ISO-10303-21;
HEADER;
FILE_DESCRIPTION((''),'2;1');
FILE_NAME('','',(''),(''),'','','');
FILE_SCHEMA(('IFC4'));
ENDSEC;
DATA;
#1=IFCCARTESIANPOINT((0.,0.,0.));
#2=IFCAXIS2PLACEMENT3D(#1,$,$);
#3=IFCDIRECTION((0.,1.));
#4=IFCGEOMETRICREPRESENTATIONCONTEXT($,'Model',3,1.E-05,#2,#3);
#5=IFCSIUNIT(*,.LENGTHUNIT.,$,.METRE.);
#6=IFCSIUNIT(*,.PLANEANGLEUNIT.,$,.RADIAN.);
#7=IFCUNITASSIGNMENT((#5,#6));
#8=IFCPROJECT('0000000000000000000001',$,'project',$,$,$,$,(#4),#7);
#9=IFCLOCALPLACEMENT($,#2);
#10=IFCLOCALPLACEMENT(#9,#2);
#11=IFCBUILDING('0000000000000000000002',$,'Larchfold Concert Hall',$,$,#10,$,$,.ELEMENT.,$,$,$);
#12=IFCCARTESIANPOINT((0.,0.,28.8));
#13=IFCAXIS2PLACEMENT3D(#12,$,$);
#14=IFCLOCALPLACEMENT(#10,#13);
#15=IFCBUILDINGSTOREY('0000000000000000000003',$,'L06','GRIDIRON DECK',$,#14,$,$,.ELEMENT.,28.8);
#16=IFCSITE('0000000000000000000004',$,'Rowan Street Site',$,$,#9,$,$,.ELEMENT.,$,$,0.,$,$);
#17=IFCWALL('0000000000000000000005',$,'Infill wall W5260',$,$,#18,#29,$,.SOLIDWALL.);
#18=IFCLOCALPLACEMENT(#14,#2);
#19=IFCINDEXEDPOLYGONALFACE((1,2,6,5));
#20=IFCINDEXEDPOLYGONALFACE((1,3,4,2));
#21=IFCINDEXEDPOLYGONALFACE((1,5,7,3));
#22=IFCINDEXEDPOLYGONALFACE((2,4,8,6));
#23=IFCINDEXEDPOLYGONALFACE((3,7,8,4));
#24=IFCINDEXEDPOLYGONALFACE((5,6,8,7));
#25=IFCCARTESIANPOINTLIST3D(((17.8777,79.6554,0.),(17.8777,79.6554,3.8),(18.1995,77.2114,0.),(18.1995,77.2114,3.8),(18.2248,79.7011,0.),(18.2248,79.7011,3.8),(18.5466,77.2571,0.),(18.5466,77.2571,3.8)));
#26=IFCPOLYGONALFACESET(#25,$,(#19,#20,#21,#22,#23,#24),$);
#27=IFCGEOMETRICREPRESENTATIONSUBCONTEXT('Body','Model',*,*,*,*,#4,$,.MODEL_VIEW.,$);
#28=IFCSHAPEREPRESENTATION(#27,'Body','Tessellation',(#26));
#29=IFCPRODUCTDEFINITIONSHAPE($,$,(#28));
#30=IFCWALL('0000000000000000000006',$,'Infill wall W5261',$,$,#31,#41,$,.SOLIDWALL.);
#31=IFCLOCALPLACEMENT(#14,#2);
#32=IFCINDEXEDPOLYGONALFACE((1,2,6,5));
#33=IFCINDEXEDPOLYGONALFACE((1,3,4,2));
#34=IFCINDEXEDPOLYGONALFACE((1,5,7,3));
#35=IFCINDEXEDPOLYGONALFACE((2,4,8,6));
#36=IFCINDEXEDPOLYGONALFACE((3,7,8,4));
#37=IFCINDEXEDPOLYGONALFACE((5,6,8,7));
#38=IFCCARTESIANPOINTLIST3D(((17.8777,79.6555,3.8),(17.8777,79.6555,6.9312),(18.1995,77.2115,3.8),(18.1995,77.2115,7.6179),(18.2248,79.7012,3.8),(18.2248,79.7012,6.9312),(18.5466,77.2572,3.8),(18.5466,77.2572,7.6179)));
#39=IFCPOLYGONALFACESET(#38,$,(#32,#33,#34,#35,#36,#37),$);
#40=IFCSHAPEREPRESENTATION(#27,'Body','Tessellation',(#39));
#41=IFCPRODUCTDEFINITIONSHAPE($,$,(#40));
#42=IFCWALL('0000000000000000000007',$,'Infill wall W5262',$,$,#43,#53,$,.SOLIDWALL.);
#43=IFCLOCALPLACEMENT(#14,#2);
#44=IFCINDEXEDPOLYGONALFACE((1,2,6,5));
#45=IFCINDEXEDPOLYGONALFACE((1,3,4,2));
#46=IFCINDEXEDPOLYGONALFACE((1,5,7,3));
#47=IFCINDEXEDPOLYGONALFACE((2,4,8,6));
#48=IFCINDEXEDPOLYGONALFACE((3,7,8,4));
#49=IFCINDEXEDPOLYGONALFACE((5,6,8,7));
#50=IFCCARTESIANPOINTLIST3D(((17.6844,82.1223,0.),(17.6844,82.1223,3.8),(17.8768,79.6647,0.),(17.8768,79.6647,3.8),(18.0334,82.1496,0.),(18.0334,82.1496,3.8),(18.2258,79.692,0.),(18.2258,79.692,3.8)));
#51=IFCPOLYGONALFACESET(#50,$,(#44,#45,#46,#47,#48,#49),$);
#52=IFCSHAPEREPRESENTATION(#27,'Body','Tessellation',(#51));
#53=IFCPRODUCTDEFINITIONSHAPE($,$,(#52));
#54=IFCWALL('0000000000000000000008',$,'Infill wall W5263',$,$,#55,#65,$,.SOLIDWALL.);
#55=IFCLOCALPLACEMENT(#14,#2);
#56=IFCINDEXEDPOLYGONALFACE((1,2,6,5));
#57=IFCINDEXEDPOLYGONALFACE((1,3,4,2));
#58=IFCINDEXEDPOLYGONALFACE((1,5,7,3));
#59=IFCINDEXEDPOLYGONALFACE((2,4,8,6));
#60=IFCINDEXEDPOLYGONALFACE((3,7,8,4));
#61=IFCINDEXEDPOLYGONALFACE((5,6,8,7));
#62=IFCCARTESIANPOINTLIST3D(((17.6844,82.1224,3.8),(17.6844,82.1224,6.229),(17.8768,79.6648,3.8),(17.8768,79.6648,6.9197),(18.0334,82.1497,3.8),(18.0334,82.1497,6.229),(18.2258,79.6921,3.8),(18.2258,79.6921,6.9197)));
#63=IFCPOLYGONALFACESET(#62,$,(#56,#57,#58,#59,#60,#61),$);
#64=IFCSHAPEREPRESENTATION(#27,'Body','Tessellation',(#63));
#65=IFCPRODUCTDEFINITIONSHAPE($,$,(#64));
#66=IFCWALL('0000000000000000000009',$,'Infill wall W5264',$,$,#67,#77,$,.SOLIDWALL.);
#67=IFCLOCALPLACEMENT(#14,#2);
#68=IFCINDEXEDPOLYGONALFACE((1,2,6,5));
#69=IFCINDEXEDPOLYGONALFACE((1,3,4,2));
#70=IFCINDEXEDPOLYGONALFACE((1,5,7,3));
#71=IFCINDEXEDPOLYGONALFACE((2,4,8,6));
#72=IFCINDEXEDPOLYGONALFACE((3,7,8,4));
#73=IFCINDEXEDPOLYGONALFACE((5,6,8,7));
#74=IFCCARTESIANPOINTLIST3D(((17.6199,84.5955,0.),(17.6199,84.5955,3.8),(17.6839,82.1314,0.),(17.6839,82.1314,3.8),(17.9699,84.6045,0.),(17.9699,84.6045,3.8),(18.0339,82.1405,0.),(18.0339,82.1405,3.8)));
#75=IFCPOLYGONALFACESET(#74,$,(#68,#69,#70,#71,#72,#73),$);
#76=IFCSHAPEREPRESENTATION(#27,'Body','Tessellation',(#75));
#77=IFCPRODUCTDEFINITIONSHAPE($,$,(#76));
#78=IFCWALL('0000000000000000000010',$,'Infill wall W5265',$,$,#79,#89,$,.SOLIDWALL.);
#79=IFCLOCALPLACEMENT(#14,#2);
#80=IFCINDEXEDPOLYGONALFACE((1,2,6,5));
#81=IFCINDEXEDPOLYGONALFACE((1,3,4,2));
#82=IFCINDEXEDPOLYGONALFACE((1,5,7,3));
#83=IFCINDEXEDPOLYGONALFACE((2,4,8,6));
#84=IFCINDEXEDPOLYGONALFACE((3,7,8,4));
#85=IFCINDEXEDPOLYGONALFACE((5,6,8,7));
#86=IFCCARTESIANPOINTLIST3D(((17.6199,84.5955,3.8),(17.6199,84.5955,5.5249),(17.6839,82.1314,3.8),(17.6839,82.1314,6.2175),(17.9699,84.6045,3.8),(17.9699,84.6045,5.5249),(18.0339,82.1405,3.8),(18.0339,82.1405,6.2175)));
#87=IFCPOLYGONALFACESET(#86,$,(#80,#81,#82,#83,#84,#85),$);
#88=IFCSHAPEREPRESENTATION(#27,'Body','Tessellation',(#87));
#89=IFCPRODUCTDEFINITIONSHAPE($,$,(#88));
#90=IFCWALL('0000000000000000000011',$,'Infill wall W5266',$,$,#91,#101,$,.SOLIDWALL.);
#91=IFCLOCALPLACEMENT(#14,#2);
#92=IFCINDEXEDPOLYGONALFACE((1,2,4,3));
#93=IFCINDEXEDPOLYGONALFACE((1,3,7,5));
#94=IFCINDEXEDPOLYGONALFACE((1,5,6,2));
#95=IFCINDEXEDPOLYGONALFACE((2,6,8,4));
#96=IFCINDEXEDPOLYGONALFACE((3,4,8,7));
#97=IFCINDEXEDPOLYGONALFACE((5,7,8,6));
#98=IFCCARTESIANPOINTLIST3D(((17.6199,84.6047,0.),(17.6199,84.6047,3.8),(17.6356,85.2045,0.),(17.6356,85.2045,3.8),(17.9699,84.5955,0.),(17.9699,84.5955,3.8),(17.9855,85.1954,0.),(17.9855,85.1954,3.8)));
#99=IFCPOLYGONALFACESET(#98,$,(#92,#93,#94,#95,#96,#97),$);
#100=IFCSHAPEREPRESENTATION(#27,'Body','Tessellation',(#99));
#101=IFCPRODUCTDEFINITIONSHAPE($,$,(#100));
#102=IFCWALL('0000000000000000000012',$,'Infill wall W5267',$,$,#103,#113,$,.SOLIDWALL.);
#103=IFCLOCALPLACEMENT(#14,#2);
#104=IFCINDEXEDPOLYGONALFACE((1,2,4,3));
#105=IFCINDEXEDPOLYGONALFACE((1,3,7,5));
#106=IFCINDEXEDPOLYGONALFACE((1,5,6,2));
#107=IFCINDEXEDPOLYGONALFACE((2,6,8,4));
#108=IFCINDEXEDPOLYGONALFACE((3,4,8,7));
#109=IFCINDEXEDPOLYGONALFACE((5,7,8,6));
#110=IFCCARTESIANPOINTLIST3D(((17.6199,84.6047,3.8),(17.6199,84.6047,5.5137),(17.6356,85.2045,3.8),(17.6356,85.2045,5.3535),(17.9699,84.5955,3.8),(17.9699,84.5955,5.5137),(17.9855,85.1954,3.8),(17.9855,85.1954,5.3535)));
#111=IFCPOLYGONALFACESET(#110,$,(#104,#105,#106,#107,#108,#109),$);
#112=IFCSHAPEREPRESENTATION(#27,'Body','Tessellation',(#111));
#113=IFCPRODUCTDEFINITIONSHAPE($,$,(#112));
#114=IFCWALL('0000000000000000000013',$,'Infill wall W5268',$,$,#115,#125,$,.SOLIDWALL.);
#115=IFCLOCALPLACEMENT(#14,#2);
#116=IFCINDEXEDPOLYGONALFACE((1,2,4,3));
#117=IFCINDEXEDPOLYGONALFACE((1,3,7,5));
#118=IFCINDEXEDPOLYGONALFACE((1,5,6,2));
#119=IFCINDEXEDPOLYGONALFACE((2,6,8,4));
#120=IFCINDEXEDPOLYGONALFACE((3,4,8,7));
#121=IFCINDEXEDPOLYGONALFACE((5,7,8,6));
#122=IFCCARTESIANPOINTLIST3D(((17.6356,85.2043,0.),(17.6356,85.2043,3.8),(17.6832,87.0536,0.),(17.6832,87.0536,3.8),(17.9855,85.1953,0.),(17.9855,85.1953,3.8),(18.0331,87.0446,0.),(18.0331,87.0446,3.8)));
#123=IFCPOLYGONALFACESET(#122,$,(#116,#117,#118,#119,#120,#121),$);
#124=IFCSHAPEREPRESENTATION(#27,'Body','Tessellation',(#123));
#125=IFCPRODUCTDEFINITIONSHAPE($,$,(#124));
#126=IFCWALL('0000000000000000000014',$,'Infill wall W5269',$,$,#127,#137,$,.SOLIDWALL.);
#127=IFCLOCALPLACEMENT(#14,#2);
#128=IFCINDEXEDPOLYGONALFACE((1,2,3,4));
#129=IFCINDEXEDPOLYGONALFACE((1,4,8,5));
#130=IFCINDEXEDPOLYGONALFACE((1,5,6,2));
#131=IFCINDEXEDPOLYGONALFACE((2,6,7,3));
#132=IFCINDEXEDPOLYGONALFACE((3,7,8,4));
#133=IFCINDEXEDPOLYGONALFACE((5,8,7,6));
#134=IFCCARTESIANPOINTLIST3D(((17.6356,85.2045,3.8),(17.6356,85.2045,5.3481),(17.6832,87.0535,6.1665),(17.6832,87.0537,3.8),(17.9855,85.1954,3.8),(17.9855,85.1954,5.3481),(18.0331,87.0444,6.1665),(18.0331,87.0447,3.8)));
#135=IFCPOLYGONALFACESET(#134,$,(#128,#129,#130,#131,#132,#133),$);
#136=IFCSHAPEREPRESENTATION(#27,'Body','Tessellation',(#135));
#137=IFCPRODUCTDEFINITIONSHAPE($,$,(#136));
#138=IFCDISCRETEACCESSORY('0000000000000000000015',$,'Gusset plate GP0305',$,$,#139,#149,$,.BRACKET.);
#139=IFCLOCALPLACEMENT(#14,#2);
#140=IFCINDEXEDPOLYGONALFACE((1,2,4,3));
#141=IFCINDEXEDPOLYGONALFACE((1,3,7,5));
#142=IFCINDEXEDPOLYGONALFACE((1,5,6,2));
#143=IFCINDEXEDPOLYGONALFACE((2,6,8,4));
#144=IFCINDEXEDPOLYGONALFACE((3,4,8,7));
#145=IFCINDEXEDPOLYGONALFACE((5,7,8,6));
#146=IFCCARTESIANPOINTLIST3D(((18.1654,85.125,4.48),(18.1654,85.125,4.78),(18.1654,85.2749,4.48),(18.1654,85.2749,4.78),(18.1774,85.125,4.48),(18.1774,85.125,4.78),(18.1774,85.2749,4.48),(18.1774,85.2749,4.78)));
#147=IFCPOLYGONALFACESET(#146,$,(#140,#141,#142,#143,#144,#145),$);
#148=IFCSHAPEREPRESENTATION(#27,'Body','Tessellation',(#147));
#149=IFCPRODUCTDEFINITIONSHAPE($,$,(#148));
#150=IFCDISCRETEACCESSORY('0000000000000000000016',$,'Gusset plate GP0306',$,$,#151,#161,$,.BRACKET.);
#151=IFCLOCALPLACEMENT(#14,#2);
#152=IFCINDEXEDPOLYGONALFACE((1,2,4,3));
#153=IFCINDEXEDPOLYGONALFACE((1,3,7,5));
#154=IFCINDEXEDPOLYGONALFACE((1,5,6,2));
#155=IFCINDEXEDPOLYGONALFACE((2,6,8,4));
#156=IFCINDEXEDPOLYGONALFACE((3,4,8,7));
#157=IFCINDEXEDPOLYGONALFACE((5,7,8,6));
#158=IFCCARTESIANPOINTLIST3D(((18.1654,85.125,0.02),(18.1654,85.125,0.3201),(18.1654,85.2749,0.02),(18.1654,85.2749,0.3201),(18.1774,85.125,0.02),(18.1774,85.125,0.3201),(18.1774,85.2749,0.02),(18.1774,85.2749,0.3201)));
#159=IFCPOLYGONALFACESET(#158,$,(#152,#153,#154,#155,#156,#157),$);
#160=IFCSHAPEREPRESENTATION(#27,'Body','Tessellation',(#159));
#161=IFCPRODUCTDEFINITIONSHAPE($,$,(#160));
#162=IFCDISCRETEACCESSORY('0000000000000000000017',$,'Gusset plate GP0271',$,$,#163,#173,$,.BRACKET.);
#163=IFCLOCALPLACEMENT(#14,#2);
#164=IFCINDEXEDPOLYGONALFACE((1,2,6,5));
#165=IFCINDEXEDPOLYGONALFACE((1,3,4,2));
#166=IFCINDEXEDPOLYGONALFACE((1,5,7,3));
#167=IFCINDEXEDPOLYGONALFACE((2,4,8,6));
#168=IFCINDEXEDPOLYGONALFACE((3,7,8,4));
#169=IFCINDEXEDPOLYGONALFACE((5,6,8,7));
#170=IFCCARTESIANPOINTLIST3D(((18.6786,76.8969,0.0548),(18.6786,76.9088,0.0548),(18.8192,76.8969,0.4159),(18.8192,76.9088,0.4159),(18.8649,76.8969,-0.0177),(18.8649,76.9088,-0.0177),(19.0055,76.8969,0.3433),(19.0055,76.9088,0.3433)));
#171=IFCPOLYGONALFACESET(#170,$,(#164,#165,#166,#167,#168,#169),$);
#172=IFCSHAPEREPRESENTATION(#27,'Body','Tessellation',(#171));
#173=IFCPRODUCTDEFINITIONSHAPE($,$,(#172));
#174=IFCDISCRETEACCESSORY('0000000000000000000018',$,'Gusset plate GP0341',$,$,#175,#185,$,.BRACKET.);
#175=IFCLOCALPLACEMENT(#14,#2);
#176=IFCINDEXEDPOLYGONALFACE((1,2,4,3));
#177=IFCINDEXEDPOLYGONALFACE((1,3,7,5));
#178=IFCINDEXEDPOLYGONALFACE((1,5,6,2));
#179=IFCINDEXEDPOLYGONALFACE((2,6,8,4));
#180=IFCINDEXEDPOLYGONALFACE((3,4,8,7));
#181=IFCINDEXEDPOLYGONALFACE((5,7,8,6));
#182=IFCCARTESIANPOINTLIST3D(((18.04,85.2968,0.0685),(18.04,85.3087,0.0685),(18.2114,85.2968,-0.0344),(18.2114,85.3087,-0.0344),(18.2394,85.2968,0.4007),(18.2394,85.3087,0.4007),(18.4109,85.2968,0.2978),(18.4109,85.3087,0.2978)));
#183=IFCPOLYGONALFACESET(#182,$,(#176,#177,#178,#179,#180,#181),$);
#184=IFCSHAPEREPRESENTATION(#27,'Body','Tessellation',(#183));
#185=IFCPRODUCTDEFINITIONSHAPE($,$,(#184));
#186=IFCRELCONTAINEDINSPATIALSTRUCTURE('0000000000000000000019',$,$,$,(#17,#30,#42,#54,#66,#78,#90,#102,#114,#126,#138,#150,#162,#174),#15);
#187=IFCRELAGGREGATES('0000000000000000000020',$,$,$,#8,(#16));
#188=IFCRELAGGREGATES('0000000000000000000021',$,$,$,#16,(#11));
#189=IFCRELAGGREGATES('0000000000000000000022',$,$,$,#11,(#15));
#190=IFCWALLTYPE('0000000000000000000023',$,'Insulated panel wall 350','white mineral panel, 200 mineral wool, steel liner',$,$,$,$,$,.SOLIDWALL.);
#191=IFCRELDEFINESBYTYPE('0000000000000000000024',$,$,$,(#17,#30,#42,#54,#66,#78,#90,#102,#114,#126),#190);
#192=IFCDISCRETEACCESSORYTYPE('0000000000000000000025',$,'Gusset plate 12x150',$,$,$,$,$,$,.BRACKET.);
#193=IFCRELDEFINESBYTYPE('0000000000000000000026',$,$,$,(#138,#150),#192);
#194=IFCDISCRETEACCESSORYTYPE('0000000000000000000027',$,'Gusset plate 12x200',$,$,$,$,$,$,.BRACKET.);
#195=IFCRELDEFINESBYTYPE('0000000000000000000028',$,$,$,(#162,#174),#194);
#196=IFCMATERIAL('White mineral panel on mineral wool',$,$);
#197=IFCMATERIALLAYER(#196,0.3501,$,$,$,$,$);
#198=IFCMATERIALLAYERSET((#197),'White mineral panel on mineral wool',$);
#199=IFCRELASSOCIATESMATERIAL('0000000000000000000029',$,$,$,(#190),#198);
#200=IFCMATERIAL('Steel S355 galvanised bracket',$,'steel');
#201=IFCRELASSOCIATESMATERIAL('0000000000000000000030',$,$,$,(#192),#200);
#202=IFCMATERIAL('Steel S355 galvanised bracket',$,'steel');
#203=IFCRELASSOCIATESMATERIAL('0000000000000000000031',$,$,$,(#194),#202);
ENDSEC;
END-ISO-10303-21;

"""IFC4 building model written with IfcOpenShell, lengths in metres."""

from ifc_helpers import new_model, si_unit, direction, frame, frame_2d, origin, origin_2d, place, context, subcontext, project, spatial, polyline, rectangle, outline, extrude, material, layer, layer_set, material_profile, profile_set, type_object, element, save


model = new_model("IFC4")

# Units and contexts
model_context = context("Model", 3, precision=1e-05, world=origin(), true_north=direction((0.0, 1.0)))
body_context = subcontext(model_context, "Body", "Model", "MODEL_VIEW")
ifc_project = project(units=[si_unit("LENGTHUNIT", "METRE"), si_unit("PLANEANGLEUNIT", "RADIAN")], contexts=[model_context])

# Site, building, storey
site_placement = place(None, origin())
site = spatial("IfcSite", under=ifc_project, at=site_placement, Name="Rowan Street Site", CompositionType="ELEMENT", RefElevation=0.0)
building_placement = place(site_placement, origin())
building = spatial("IfcBuilding", under=site, at=building_placement, Name="Larchfold Concert Hall", CompositionType="ELEMENT")
storey_placement = place(building_placement, frame((0.0, 0.0, 28.8)))
storey = spatial("IfcBuildingStorey", under=building, at=storey_placement, Name="L06", Description="GRIDIRON DECK", CompositionType="ELEMENT", Elevation=28.8)

# Walls
ifc_material_1 = material(Name="White mineral panel on mineral wool")
ifc_layer = layer(ifc_material_1, 0.3501)
ifc_layer_set = layer_set([ifc_layer], Name="White mineral panel on mineral wool")
wall_type = type_object("IfcWallType", Name="Insulated panel wall 350", Description="white mineral panel, 200 mineral wool, steel liner", PredefinedType="SOLIDWALL", material=ifc_layer_set)
wall_1_placement = place(storey_placement, frame((18.373, 77.2344, 0.0), z_axis=(0.0, 0.0, 1.0), x_axis=(-0.130529, 0.991445, 0.0)))
element("IfcWall", 1, at=wall_1_placement, inside=storey, type_object=wall_type, Name="Infill wall W5260", PredefinedType="SOLIDWALL", context=body_context, shape_type="SweptSolid", body=[
    extrude(rectangle(XDim=2.4651, YDim=0.3501, at=frame_2d((1.2324, 0.0))), origin(), (0.0, 0.0, 1.0), 3.8),
])
wall_2_placement = place(storey_placement, frame((18.373, 77.2344, 3.8), z_axis=(0.0, 0.0, 1.0), x_axis=(-0.130529, 0.991445, 0.0)))
element("IfcWall", 2, at=wall_2_placement, inside=storey, type_object=wall_type, Name="Infill wall W5261", PredefinedType="SOLIDWALL", context=body_context, shape_type="SweptSolid", body=[
    extrude(outline(polyline([(0.0, 0.0), (2.4651, 0.0), (2.4651, 3.1311), (0.0, 3.8179), (0.0, 0.0)])), frame((0.0, 0.175, 0.0), z_axis=(0.0, -1.0, 0.0), x_axis=(1.0, 0.0, 0.0)), (0.0, 0.0, 1.0), 0.3501),
])
wall_3_placement = place(storey_placement, frame((18.0513, 79.6785, 0.0), z_axis=(0.0, 0.0, 1.0), x_axis=(-0.078045, 0.99695, 0.0)))
element("IfcWall", 3, at=wall_3_placement, inside=storey, type_object=wall_type, Name="Infill wall W5262", PredefinedType="SOLIDWALL", context=body_context, shape_type="SweptSolid", body=[
    extrude(rectangle(XDim=2.4651, YDim=0.3501, at=frame_2d((1.2324, 0.0))), origin(), (0.0, 0.0, 1.0), 3.8),
])
wall_4_placement = place(storey_placement, frame((18.0513, 79.6785, 3.8), z_axis=(0.0, 0.0, 1.0), x_axis=(-0.078045, 0.99695, 0.0)))
element("IfcWall", 4, at=wall_4_placement, inside=storey, type_object=wall_type, Name="Infill wall W5263", PredefinedType="SOLIDWALL", context=body_context, shape_type="SweptSolid", body=[
    extrude(outline(polyline([(0.0, 0.0), (2.4651, 0.0), (2.4651, 2.429), (0.0, 3.1196), (0.0, 0.0)])), frame((0.0, 0.175, 0.0), z_axis=(0.0, -1.0, 0.0), x_axis=(1.0, 0.0, 0.0)), (0.0, 0.0, 1.0), 0.3501),
])
wall_5_placement = place(storey_placement, frame((17.8589, 82.136, 0.0), z_axis=(0.0, 0.0, 1.0), x_axis=(-0.02595, 0.999663, 0.0)))
element("IfcWall", 5, at=wall_5_placement, inside=storey, type_object=wall_type, Name="Infill wall W5264", PredefinedType="SOLIDWALL", context=body_context, shape_type="SweptSolid", body=[
    extrude(rectangle(XDim=2.4648, YDim=0.3501, at=frame_2d((1.2324, 0.0))), origin(), (0.0, 0.0, 1.0), 3.8),
])
wall_6_placement = place(storey_placement, frame((17.8589, 82.136, 3.8), z_axis=(0.0, 0.0, 1.0), x_axis=(-0.02595, 0.999663, 0.0)))
element("IfcWall", 6, at=wall_6_placement, inside=storey, type_object=wall_type, Name="Infill wall W5265", PredefinedType="SOLIDWALL", context=body_context, shape_type="SweptSolid", body=[
    extrude(outline(polyline([(0.0, 0.0), (2.4648, 0.0), (2.4648, 1.7249), (0.0, 2.4175), (0.0, 0.0)])), frame((0.0, 0.175, 0.0), z_axis=(0.0, -1.0, 0.0), x_axis=(1.0, 0.0, 0.0)), (0.0, 0.0, 1.0), 0.3501),
])
wall_7_placement = place(storey_placement, frame((17.7949, 84.6001, 0.0), z_axis=(0.0, 0.0, 1.0), x_axis=(0.026039, 0.999661, 0.0)))
element("IfcWall", 7, at=wall_7_placement, inside=storey, type_object=wall_type, Name="Infill wall W5266", PredefinedType="SOLIDWALL", context=body_context, shape_type="SweptSolid", body=[
    extrude(rectangle(XDim=0.6001, YDim=0.3501, at=frame_2d((0.3, 0.0))), origin(), (0.0, 0.0, 1.0), 3.8),
])
wall_8_placement = place(storey_placement, frame((17.7949, 84.6001, 3.8), z_axis=(0.0, 0.0, 1.0), x_axis=(0.026039, 0.999661, 0.0)))
element("IfcWall", 8, at=wall_8_placement, inside=storey, type_object=wall_type, Name="Infill wall W5267", PredefinedType="SOLIDWALL", context=body_context, shape_type="SweptSolid", body=[
    extrude(outline(polyline([(0.0, 0.0), (0.6001, 0.0), (0.6001, 1.5535), (0.0, 1.7136), (0.0, 0.0)])), frame((0.0, 0.175, 0.0), z_axis=(0.0, -1.0, 0.0), x_axis=(1.0, 0.0, 0.0)), (0.0, 0.0, 1.0), 0.3501),
])
wall_9_placement = place(storey_placement, frame((17.8105, 85.2, 0.0), z_axis=(0.0, 0.0, 1.0), x_axis=(0.025737, 0.999669, 0.0)))
element("IfcWall", 9, at=wall_9_placement, inside=storey, type_object=wall_type, Name="Infill wall W5268", PredefinedType="SOLIDWALL", context=body_context, shape_type="SweptSolid", body=[
    extrude(rectangle(XDim=1.8499, YDim=0.3501, at=frame_2d((0.9248, 0.0))), origin(), (0.0, 0.0, 1.0), 3.8),
])
wall_10_placement = place(storey_placement, frame((17.8105, 85.2, 3.8), z_axis=(0.0, 0.0, 1.0), x_axis=(0.025737, 0.999669, 0.0)))
element("IfcWall", 10, at=wall_10_placement, inside=storey, type_object=wall_type, Name="Infill wall W5269", PredefinedType="SOLIDWALL", context=body_context, shape_type="SweptSolid", body=[
    extrude(outline(polyline([(0.0, 0.0), (1.8499, 0.0), (1.8496, 2.3665), (0.0, 1.5481), (0.0, 0.0)])), frame((0.0, 0.175, 0.0), z_axis=(0.0, -1.0, 0.0), x_axis=(1.0, 0.0, 0.0)), (0.0, 0.0, 1.0), 0.3501),
])

# Discrete accessories
ifc_material_2 = material(Name="Steel S355 galvanised bracket", Category="steel")
ifc_material_profile_1 = material_profile(ifc_material_2, rectangle(XDim=0.012, YDim=0.1499, at=origin_2d()))
ifc_profile_set_1 = profile_set([ifc_material_profile_1], Name="Steel S355 galvanised bracket")
discrete_accessory_type_1 = type_object("IfcDiscreteAccessoryType", Name="Gusset plate 12x150", PredefinedType="BRACKET", material=ifc_profile_set_1)
for number, where, z_axis, x_axis, name in (
    (11, (18.1714, 85.2, 4.78), (0.0, 0.0, -1.0), (1.0, 0.0, 0.0), "Gusset plate GP0305"),
    (12, (18.1714, 85.2, 0.3201), (0.0, 0.0, -1.0), (1.0, 0.0, 0.0), "Gusset plate GP0306"),
):
    element("IfcDiscreteAccessory", number, at=place(storey_placement, frame(where, z_axis=z_axis, x_axis=x_axis)), inside=storey, type_object=discrete_accessory_type_1, Name=name, PredefinedType="BRACKET", context=body_context, shape_type="SweptSolid", body=[
        extrude(rectangle(XDim=0.012, YDim=0.1499, at=origin_2d()), origin(), (0.0, 0.0, 1.0), 0.3),
    ])
ifc_material_3 = material(Name="Steel S355 galvanised bracket", Category="steel")
ifc_material_profile_2 = material_profile(ifc_material_3, rectangle(XDim=0.012, YDim=0.2, at=origin_2d()))
ifc_profile_set_2 = profile_set([ifc_material_profile_2], Name="Steel S355 galvanised bracket")
discrete_accessory_type_2 = type_object("IfcDiscreteAccessoryType", Name="Gusset plate 12x200", PredefinedType="BRACKET", material=ifc_profile_set_2)
for number, where, z_axis, x_axis, name in (
    (13, (18.7717, 76.9028, 0.0186), (0.362902, 0.0, 0.931827), (0.0, 1.0, 0.0), "Gusset plate GP0271"),
    (14, (18.1257, 85.3027, 0.0171), (0.514681, 0.0, 0.857382), (0.0, 1.0, 0.0), "Gusset plate GP0341"),
):
    element("IfcDiscreteAccessory", number, at=place(storey_placement, frame(where, z_axis=z_axis, x_axis=x_axis)), inside=storey, type_object=discrete_accessory_type_2, Name=name, PredefinedType="BRACKET", context=body_context, shape_type="SweptSolid", body=[
        extrude(rectangle(XDim=0.012, YDim=0.2, at=origin_2d()), origin(), (0.0, 0.0, 1.0), 0.3875),
    ])

save(model, "model.ifc")
